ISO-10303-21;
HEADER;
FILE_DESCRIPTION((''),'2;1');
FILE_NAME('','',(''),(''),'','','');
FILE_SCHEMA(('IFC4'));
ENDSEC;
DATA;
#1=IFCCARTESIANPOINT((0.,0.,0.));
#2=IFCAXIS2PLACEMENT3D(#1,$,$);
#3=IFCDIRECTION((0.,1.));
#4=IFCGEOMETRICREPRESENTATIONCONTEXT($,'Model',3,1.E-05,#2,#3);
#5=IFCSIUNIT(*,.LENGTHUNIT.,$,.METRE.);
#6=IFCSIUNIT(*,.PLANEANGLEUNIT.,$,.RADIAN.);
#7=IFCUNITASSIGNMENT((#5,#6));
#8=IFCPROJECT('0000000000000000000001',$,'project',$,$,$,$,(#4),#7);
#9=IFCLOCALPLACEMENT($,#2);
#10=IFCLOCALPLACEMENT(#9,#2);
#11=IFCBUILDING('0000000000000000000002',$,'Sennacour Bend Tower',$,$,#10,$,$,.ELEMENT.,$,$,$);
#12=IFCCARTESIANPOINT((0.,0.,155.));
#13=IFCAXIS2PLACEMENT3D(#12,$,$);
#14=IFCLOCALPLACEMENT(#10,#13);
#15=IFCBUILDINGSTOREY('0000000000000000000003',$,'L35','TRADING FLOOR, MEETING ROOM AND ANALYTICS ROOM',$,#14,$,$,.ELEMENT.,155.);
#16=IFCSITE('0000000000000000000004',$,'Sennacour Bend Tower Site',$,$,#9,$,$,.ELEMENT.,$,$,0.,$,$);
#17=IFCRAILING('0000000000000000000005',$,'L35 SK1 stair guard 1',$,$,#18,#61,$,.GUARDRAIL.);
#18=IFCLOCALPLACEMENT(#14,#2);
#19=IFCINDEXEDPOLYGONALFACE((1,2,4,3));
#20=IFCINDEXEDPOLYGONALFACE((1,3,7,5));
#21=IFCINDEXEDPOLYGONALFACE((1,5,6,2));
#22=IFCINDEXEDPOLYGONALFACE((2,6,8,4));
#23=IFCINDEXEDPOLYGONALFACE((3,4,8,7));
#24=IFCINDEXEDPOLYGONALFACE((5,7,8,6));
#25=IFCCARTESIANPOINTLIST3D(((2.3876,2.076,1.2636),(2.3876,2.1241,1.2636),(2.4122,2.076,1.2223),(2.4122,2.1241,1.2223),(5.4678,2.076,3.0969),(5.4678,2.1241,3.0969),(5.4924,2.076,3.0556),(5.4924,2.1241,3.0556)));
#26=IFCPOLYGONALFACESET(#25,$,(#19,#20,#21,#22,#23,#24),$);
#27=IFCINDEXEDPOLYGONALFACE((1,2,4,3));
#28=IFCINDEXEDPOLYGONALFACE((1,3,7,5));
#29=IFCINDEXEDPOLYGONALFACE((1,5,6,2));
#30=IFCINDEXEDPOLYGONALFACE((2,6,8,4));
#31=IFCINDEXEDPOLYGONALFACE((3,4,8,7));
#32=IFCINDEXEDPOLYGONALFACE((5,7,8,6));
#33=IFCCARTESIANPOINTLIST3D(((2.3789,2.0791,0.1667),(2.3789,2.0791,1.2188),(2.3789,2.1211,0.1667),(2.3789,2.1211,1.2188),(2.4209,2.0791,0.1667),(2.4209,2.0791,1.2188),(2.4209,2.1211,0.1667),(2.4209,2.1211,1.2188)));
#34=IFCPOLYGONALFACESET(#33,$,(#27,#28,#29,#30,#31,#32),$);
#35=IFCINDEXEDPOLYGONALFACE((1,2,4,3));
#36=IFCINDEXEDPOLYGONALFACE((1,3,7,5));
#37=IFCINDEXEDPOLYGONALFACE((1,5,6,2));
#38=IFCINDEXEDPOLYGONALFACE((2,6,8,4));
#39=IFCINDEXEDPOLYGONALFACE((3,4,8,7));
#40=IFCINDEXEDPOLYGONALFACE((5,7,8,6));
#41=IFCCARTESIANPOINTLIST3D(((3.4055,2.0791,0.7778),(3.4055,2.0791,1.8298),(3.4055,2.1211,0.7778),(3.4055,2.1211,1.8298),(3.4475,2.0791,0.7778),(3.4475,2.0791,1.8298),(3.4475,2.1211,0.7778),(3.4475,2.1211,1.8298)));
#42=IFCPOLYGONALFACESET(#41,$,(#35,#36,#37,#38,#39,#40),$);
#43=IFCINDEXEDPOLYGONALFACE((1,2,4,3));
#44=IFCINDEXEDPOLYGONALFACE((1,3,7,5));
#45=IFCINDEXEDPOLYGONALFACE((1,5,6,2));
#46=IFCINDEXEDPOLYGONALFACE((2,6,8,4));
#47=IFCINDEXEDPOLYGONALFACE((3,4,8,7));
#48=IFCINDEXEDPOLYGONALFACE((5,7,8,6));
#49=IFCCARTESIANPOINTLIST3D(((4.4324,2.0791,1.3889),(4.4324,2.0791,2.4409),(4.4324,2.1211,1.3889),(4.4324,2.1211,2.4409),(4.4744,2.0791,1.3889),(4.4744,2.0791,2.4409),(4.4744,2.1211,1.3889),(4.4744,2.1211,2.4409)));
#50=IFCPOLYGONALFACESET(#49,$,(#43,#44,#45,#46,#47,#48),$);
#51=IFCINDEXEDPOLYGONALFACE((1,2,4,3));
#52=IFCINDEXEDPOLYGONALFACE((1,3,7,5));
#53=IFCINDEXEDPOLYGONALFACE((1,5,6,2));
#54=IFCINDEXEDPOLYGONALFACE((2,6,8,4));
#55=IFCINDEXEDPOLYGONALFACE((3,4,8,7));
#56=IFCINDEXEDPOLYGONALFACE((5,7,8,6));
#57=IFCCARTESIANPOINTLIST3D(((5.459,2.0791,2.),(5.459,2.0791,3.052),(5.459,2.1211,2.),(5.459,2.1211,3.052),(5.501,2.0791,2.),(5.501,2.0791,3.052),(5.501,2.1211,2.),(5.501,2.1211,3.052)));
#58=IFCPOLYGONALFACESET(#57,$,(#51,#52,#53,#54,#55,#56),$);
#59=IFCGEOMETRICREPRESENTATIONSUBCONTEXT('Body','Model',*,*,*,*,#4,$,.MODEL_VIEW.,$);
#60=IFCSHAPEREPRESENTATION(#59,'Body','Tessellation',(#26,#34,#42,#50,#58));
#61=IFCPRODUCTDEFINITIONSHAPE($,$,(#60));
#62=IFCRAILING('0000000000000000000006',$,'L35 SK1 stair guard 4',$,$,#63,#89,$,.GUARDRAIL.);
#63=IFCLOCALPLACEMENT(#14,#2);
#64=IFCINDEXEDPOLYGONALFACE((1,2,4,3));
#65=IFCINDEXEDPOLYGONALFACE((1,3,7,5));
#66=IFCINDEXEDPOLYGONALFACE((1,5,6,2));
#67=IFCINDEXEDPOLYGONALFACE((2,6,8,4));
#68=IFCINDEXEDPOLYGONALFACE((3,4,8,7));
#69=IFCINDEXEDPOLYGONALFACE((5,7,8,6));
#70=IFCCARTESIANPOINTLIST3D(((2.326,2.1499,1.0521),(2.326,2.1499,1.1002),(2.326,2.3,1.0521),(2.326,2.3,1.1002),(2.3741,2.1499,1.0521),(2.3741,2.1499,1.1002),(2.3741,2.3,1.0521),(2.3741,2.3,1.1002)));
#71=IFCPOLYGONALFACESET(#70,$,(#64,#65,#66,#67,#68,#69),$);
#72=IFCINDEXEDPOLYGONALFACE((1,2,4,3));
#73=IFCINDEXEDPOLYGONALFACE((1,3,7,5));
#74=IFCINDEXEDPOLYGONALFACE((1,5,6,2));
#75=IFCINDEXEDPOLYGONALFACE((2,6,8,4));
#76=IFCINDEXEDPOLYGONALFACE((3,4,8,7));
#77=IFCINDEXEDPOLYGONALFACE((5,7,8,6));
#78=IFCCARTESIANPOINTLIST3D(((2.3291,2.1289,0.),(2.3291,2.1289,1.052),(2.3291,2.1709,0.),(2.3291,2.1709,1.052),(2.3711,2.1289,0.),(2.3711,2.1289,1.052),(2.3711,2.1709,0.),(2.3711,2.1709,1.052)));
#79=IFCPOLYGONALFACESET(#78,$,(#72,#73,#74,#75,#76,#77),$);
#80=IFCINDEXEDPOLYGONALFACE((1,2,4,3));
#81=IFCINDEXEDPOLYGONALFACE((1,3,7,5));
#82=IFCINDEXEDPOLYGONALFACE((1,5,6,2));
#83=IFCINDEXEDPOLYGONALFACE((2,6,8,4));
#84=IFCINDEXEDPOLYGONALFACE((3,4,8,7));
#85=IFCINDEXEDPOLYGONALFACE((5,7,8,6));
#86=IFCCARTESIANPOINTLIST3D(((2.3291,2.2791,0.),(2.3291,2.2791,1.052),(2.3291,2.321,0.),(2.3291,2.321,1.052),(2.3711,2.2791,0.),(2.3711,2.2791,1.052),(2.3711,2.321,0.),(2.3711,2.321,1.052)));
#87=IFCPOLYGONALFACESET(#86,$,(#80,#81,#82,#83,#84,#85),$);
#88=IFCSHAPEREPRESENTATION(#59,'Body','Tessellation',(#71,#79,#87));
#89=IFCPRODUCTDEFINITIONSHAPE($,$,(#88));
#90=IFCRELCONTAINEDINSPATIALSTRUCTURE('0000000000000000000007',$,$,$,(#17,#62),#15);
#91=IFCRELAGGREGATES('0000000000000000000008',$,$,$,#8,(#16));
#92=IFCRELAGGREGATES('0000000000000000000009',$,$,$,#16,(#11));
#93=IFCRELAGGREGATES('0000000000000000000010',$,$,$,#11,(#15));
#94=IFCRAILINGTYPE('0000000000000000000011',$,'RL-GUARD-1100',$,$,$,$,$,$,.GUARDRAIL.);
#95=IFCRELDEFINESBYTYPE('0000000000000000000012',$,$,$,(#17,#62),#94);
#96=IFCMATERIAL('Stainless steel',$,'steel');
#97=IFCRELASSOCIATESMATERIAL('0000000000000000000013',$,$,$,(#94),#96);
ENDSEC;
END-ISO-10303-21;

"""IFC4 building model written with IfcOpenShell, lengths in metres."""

from ifc_helpers import new_model, si_unit, direction, frame, origin, origin_2d, place, context, subcontext, project, spatial, rectangle, extrude, material, type_object, element, save


model = new_model("IFC4")

# Units and contexts
model_context = context("Model", 3, precision=1e-05, world=origin(), true_north=direction((0.0, 1.0)))
body_context = subcontext(model_context, "Body", "Model", "MODEL_VIEW")
ifc_project = project(units=[si_unit("LENGTHUNIT", "METRE"), si_unit("PLANEANGLEUNIT", "RADIAN")], contexts=[model_context])

# Site, building, storey
site_placement = place(None, origin())
site = spatial("IfcSite", under=ifc_project, at=site_placement, Name="Sennacour Bend Tower Site", CompositionType="ELEMENT", RefElevation=0.0)
building_placement = place(site_placement, origin())
building = spatial("IfcBuilding", under=site, at=building_placement, Name="Sennacour Bend Tower", CompositionType="ELEMENT")
storey_placement = place(building_placement, frame((0.0, 0.0, 155.0)))
storey = spatial("IfcBuildingStorey", under=building, at=storey_placement, Name="L35", Description="TRADING FLOOR, MEETING ROOM AND ANALYTICS ROOM", CompositionType="ELEMENT", Elevation=155.0)

# Railings
ifc_material_1 = material(Name="Stainless steel", Category="steel")
railing_type = type_object("IfcRailingType", Name="RL-GUARD-1100", PredefinedType="GUARDRAIL", material=ifc_material_1)
railing_1_placement = place(storey_placement, frame((2.3999, 2.1001, 0.1667)))
element("IfcRailing", 1, at=railing_1_placement, inside=storey, type_object=railing_type, Name="L35 SK1 stair guard 1", PredefinedType="GUARDRAIL", context=body_context, shape_type="SweptSolid", body=[
    extrude(rectangle(XDim=0.0481, YDim=0.0481, at=origin_2d()), frame((0.0, 0.0, 1.0762), z_axis=(0.859309, 0.0, 0.511458), x_axis=(0.0, 1.0, 0.0)), (0.0, 0.0, 1.0), 3.5845),
    extrude(rectangle(XDim=0.042, YDim=0.042, at=origin_2d()), origin(), (0.0, 0.0, 1.0), 1.052),
    extrude(rectangle(XDim=0.042, YDim=0.042, at=origin_2d()), frame((1.0266, 0.0, 0.6111)), (0.0, 0.0, 1.0), 1.052),
    extrude(rectangle(XDim=0.042, YDim=0.042, at=origin_2d()), frame((2.0535, 0.0, 1.2222)), (0.0, 0.0, 1.0), 1.052),
    extrude(rectangle(XDim=0.042, YDim=0.042, at=origin_2d()), frame((3.0801, 0.0, 1.8333)), (0.0, 0.0, 1.0), 1.052),
])
railing_2_placement = place(storey_placement, frame((2.3501, 2.1499, 0.0)))
element("IfcRailing", 2, at=railing_2_placement, inside=storey, type_object=railing_type, Name="L35 SK1 stair guard 4", PredefinedType="GUARDRAIL", context=body_context, shape_type="SweptSolid", body=[
    extrude(rectangle(XDim=0.0481, YDim=0.0481, at=origin_2d()), frame((0.0, 0.0, 1.0762), z_axis=(0.0, 1.0, 0.0), x_axis=(-1.0, 0.0, 0.0)), (0.0, 0.0, 1.0), 0.1501),
    extrude(rectangle(XDim=0.042, YDim=0.042, at=origin_2d()), origin(), (0.0, 0.0, 1.0), 1.052),
    extrude(rectangle(XDim=0.042, YDim=0.042, at=origin_2d()), frame((0.0, 0.1501, 0.0)), (0.0, 0.0, 1.0), 1.052),
])

save(model, "model.ifc")
